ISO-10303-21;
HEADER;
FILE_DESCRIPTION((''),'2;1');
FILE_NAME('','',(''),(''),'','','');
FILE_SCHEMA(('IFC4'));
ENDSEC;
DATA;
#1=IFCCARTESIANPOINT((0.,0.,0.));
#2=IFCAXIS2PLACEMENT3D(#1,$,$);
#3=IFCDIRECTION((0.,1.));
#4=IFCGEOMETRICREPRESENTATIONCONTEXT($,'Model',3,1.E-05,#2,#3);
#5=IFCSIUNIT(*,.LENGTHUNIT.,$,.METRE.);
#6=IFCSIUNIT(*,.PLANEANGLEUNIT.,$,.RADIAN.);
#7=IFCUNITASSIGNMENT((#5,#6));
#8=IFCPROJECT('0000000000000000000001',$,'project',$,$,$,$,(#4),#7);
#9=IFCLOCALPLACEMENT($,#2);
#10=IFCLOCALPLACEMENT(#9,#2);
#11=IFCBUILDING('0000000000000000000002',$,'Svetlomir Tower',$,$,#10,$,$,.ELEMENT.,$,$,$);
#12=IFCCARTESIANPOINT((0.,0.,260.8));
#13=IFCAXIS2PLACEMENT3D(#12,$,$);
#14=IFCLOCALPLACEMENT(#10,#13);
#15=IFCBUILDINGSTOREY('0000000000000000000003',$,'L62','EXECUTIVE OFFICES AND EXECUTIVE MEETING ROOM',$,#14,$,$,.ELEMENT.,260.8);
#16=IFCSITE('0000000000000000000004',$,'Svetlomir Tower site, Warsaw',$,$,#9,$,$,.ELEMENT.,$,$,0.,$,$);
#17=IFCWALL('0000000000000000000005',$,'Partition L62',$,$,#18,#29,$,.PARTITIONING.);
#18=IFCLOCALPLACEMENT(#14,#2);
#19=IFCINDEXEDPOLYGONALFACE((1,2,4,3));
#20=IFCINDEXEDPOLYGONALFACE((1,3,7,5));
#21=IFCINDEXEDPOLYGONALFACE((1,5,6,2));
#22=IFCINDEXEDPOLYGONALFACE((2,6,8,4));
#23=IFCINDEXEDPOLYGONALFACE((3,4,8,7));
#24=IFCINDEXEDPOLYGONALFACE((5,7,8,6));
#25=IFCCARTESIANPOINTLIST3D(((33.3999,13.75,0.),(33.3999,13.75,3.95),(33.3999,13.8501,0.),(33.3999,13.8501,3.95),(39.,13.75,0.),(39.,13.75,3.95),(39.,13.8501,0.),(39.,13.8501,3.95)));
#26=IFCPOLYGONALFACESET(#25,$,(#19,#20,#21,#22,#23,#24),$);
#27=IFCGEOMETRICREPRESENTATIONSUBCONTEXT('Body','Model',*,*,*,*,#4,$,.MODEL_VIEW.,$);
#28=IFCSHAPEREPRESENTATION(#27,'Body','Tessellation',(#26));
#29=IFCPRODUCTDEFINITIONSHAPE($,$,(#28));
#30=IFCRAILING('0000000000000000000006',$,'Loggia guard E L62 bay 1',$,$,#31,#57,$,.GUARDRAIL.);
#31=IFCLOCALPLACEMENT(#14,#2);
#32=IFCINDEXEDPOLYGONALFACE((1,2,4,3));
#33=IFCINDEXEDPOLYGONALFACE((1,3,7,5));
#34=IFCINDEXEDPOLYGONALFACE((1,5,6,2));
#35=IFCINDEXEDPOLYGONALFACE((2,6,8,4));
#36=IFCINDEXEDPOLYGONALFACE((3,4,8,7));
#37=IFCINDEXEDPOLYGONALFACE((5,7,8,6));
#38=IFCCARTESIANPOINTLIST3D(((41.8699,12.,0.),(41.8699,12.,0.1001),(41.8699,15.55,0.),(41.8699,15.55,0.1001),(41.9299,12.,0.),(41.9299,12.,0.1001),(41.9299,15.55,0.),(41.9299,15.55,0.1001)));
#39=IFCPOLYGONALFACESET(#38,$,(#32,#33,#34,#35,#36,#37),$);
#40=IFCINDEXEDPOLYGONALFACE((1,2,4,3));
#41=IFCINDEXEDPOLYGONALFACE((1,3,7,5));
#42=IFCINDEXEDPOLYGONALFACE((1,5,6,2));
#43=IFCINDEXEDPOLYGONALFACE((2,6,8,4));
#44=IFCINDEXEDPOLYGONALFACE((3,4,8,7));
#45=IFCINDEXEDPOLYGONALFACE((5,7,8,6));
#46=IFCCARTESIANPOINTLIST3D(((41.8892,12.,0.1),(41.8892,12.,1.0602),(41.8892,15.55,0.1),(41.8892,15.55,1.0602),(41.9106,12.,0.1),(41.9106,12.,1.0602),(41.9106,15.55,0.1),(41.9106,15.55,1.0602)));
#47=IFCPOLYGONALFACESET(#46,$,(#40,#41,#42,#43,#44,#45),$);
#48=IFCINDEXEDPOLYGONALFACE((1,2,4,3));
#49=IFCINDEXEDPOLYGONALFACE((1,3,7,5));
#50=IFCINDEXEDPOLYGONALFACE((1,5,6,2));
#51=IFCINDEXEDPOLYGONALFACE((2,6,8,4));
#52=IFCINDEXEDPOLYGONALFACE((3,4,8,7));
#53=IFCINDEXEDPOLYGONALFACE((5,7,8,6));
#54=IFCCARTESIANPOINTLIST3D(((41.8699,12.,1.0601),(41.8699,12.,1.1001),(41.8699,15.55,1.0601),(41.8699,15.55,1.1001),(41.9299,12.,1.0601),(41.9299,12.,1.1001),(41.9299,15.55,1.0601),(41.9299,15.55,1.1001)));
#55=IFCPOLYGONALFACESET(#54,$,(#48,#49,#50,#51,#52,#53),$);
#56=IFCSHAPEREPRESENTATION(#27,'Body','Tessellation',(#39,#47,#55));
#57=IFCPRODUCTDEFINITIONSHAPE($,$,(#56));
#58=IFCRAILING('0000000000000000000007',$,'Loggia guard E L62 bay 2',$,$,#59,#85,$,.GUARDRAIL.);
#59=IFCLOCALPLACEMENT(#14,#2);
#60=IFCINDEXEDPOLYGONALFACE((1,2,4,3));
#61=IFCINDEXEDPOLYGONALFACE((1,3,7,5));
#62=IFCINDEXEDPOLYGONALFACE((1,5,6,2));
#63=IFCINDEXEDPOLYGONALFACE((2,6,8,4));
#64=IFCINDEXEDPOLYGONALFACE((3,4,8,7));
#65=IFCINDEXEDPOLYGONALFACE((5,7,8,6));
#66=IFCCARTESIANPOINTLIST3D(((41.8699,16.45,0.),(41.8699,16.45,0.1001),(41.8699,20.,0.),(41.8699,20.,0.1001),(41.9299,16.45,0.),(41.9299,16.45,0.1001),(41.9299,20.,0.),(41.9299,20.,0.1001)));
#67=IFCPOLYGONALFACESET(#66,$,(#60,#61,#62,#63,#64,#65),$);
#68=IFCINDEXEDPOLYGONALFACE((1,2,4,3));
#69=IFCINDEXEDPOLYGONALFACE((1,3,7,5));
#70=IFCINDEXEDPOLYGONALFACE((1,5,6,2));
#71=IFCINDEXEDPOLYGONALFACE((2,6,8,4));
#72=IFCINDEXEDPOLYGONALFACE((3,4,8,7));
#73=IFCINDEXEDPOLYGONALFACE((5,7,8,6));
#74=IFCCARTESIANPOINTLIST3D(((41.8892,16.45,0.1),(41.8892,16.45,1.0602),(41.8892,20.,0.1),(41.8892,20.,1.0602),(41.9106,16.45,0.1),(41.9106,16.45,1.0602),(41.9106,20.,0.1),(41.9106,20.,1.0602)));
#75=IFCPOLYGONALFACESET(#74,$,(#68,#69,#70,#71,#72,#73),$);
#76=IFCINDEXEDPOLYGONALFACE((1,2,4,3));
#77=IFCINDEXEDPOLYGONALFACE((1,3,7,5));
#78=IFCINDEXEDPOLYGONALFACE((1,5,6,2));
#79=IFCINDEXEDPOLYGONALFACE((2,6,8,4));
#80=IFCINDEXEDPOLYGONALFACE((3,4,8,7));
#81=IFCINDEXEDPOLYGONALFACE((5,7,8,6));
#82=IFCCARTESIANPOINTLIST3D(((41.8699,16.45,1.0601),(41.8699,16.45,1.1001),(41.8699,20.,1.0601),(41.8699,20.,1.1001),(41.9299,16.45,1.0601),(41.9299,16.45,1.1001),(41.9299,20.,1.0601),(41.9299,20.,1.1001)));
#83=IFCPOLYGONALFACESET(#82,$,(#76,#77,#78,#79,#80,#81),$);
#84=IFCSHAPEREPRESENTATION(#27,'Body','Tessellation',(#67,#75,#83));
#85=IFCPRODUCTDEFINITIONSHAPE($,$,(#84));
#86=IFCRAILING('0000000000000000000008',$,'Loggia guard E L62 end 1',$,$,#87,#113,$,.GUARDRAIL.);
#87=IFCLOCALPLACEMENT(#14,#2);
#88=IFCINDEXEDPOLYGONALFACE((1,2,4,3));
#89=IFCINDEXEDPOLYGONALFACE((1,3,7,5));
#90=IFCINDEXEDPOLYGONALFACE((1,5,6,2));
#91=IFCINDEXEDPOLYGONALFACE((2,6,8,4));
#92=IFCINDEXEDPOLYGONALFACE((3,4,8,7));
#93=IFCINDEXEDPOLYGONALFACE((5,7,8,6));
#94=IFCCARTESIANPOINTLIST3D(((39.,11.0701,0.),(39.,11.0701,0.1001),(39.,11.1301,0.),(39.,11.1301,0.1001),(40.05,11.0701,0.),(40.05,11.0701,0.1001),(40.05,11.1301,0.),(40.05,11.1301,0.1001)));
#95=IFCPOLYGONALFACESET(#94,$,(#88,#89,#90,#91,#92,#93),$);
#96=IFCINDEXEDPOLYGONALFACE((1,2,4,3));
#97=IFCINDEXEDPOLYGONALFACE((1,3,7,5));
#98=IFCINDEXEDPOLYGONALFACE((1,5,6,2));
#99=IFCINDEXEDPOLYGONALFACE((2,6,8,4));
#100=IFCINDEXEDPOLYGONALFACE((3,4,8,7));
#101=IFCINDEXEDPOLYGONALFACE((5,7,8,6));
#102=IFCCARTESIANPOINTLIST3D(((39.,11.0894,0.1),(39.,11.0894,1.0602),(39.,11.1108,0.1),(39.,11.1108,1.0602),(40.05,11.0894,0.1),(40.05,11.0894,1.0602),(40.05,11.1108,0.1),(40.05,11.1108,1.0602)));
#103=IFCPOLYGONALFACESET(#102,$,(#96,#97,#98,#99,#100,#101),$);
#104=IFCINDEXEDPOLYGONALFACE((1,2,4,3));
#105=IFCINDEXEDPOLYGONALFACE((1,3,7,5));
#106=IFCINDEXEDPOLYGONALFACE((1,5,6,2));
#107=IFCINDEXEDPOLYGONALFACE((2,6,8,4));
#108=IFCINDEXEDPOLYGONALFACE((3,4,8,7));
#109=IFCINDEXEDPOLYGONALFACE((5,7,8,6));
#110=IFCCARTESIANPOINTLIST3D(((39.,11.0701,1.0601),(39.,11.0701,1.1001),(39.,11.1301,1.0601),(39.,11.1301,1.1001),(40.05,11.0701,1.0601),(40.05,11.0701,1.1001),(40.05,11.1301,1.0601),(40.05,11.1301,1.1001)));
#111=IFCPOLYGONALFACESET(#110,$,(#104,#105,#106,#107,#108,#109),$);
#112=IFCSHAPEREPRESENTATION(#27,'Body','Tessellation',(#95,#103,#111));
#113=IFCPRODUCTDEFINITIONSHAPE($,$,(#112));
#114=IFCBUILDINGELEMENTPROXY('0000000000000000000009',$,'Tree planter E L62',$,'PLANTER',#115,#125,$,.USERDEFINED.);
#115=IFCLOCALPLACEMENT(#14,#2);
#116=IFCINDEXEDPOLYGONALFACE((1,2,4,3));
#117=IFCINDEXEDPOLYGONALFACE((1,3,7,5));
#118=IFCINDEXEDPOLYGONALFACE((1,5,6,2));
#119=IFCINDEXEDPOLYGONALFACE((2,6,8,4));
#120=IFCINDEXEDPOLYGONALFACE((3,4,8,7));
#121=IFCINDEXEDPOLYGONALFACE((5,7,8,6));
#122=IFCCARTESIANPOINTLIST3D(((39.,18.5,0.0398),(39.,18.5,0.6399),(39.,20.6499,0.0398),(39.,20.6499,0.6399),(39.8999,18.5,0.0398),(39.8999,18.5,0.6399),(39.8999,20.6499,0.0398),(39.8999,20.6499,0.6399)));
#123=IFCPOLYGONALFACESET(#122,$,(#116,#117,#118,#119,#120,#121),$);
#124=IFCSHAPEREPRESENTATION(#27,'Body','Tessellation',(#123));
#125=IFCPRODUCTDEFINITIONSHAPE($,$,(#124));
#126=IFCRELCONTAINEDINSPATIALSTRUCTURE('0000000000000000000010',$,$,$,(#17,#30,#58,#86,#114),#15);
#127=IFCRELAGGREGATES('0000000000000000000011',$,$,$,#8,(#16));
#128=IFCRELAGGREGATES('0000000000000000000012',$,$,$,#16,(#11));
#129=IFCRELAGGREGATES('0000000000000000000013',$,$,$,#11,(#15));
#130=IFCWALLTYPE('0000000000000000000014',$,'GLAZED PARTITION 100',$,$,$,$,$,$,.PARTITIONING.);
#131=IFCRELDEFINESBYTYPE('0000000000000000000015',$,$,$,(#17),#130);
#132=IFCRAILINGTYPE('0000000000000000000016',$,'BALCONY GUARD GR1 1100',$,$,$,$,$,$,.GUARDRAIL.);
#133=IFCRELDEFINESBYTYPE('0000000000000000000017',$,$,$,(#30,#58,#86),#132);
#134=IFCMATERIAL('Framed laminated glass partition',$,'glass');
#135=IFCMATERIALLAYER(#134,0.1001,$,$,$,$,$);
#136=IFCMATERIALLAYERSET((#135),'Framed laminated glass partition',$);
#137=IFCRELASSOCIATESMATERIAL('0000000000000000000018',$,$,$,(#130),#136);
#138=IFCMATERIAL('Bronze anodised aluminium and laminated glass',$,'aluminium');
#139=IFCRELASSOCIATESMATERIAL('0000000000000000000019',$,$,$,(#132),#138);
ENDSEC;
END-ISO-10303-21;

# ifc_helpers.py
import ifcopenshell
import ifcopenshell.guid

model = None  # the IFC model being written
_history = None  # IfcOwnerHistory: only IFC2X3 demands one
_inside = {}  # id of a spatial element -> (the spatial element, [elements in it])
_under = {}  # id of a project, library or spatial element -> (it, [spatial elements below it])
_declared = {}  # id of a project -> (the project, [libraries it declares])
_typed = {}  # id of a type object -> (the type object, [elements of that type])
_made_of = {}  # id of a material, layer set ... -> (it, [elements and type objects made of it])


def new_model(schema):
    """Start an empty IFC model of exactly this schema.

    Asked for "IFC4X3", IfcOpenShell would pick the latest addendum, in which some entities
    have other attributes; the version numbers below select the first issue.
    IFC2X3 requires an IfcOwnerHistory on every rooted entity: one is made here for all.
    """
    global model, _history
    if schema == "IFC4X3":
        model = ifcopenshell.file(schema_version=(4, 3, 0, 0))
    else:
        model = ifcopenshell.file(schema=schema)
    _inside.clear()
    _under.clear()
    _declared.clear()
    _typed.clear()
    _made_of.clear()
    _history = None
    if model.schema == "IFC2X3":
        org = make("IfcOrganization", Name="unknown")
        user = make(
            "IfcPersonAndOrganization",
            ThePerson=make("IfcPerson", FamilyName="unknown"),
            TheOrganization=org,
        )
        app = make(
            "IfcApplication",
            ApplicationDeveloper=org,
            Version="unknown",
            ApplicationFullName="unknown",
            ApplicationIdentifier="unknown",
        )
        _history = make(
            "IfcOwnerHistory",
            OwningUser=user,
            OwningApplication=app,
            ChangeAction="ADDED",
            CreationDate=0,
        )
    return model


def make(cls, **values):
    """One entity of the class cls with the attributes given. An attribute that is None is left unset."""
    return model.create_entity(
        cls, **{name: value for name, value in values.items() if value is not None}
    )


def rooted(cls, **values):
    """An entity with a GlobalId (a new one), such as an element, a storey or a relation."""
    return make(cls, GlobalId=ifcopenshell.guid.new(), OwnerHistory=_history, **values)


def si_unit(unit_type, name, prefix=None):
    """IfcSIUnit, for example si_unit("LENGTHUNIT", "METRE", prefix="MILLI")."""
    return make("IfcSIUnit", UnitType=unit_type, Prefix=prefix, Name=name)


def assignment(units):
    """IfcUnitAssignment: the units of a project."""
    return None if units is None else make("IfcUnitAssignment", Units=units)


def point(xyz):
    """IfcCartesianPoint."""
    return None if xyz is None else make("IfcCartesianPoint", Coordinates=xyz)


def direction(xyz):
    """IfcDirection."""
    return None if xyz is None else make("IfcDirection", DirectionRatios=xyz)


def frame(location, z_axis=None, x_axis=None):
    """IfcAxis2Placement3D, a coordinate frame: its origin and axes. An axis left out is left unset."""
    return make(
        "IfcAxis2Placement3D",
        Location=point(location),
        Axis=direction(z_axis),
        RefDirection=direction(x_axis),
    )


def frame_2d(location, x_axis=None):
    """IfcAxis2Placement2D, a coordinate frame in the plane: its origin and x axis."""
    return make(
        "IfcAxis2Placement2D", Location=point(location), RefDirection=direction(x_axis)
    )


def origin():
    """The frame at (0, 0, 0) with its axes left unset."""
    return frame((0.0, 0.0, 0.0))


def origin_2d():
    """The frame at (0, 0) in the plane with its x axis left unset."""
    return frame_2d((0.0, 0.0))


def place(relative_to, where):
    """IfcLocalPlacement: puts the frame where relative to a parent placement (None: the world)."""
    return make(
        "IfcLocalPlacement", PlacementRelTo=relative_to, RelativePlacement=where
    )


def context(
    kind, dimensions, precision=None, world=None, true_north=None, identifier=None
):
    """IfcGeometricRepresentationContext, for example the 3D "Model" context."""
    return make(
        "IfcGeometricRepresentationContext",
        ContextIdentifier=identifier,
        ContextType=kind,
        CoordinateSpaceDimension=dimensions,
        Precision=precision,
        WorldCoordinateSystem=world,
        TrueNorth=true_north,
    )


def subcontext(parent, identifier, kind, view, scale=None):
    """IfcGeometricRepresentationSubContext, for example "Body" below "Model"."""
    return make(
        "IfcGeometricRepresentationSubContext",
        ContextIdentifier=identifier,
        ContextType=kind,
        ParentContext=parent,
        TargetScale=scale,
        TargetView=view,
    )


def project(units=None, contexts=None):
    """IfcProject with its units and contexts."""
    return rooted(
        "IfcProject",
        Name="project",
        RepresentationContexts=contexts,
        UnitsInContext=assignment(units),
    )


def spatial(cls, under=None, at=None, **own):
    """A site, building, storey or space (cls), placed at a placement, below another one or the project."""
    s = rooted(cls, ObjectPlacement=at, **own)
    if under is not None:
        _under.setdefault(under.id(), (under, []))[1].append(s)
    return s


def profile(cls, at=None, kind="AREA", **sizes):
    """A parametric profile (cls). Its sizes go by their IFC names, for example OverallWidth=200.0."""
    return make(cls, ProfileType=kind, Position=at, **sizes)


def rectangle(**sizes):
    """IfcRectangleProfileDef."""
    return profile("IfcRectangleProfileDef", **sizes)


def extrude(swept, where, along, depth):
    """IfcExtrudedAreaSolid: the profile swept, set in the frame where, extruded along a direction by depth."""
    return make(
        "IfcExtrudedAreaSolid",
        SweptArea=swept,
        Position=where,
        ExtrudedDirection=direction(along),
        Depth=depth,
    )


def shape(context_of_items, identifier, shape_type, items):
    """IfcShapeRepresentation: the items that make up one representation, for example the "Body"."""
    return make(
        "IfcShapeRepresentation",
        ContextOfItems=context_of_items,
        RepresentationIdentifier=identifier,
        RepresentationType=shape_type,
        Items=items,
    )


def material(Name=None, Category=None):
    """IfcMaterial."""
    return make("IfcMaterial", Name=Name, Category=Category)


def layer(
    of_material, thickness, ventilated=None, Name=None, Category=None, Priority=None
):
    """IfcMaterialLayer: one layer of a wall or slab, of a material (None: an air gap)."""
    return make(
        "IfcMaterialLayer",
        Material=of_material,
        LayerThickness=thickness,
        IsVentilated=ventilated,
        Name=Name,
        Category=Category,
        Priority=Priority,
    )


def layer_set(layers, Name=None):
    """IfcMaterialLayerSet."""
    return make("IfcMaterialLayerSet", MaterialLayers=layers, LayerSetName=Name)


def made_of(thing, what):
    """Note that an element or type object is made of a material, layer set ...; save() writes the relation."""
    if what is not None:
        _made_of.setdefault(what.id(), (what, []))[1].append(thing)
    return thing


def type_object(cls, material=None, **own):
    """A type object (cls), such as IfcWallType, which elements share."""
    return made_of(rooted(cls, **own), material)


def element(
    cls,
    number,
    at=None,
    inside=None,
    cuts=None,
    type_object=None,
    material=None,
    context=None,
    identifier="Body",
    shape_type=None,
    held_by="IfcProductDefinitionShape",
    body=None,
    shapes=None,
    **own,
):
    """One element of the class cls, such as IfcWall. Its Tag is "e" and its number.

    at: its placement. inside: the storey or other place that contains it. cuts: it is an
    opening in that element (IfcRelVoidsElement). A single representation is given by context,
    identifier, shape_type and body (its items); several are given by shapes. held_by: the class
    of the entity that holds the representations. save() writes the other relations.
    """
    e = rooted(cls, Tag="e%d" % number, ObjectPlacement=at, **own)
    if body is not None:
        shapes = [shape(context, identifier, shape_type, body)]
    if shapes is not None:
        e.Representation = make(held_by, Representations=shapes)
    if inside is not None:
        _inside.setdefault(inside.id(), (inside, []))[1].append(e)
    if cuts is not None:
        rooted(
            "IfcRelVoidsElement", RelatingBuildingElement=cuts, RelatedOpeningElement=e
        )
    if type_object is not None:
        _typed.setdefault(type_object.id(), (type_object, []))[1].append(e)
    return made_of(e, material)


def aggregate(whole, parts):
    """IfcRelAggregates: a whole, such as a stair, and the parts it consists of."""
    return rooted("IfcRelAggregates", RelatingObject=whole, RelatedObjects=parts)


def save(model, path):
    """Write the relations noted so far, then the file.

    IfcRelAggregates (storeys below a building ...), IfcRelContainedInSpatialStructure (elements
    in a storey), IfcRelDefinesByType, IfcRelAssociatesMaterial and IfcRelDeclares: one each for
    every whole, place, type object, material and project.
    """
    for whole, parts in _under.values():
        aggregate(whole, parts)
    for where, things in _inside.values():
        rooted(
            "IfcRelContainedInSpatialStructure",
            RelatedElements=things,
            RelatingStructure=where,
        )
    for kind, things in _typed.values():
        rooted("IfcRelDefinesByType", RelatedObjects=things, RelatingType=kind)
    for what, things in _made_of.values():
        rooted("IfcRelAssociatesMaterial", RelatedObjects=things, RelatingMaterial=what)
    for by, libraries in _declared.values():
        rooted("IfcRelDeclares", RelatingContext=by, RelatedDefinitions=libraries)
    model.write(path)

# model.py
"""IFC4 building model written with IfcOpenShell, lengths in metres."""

from ifc_helpers import new_model, si_unit, direction, frame, frame_2d, origin, origin_2d, place, context, subcontext, project, spatial, rectangle, extrude, material, layer, layer_set, type_object, element, save


model = new_model("IFC4")

# Units and contexts
model_context = context("Model", 3, precision=1e-05, world=origin(), true_north=direction((0.0, 1.0)))
body_context = subcontext(model_context, "Body", "Model", "MODEL_VIEW")
ifc_project = project(units=[si_unit("LENGTHUNIT", "METRE"), si_unit("PLANEANGLEUNIT", "RADIAN")], contexts=[model_context])

# Site, building, storey
site_placement = place(None, origin())
site = spatial("IfcSite", under=ifc_project, at=site_placement, Name="Svetlomir Tower site, Warsaw", CompositionType="ELEMENT", RefElevation=0.0)
building_placement = place(site_placement, origin())
building = spatial("IfcBuilding", under=site, at=building_placement, Name="Svetlomir Tower", CompositionType="ELEMENT")
storey_placement = place(building_placement, frame((0.0, 0.0, 260.8)))
storey = spatial("IfcBuildingStorey", under=building, at=storey_placement, Name="L62", Description="EXECUTIVE OFFICES AND EXECUTIVE MEETING ROOM", CompositionType="ELEMENT", Elevation=260.8)

# Shared definitions
ifc_material_1 = material(Name="Framed laminated glass partition", Category="glass")
ifc_layer_1 = layer(ifc_material_1, 0.1001)
ifc_layer_set_1 = layer_set([ifc_layer_1], Name="Framed laminated glass partition")
wall_type_1 = type_object("IfcWallType", Name="GLAZED PARTITION 100", PredefinedType="PARTITIONING", material=ifc_layer_set_1)

# Wall
wall_1_placement = place(storey_placement, frame((33.3999, 13.8, 0.0), z_axis=(0.0, 0.0, 1.0), x_axis=(1.0, 0.0, 0.0)))
element("IfcWall", 1, at=wall_1_placement, inside=storey, type_object=wall_type_1, Name="Partition L62", PredefinedType="PARTITIONING", context=body_context, shape_type="SweptSolid", body=[
    extrude(rectangle(XDim=5.6001, YDim=0.1001, at=frame_2d((2.8, 0.0))), origin(), (0.0, 0.0, 1.0), 3.95),
])

# Railings
ifc_material_2 = material(Name="Bronze anodised aluminium and laminated glass", Category="aluminium")
railing_type = type_object("IfcRailingType", Name="BALCONY GUARD GR1 1100", PredefinedType="GUARDRAIL", material=ifc_material_2)
for number, where, name in (
    (2, (41.8999, 12.0, 0.0), "Loggia guard E L62 bay 1"),
    (3, (41.8999, 16.45, 0.0), "Loggia guard E L62 bay 2"),
):
    element("IfcRailing", number, at=place(storey_placement, frame(where)), inside=storey, type_object=railing_type, Name=name, PredefinedType="GUARDRAIL", context=body_context, shape_type="SweptSolid", body=[
        extrude(rectangle(XDim=0.0601, YDim=0.1001, at=origin_2d()), frame((0.0, 0.0, 0.05), z_axis=(0.0, 1.0, 0.0), x_axis=(-1.0, 0.0, 0.0)), (0.0, 0.0, 1.0), 3.55),
        extrude(rectangle(XDim=0.0215, YDim=0.9602, at=origin_2d()), frame((0.0, 0.0, 0.5801), z_axis=(0.0, 1.0, 0.0), x_axis=(-1.0, 0.0, 0.0)), (0.0, 0.0, 1.0), 3.55),
        extrude(rectangle(XDim=0.0601, YDim=0.04, at=origin_2d()), frame((0.0, 0.0, 1.0801), z_axis=(0.0, 1.0, 0.0), x_axis=(-1.0, 0.0, 0.0)), (0.0, 0.0, 1.0), 3.55),
    ])
railing_placement = place(storey_placement, frame((40.05, 11.1001, 0.0)))
element("IfcRailing", 4, at=railing_placement, inside=storey, type_object=railing_type, Name="Loggia guard E L62 end 1", PredefinedType="GUARDRAIL", context=body_context, shape_type="SweptSolid", body=[
    extrude(rectangle(XDim=0.0601, YDim=0.1001, at=origin_2d()), frame((0.0, 0.0, 0.05), z_axis=(-1.0, 0.0, 0.0), x_axis=(0.0, -1.0, 0.0)), (0.0, 0.0, 1.0), 1.05),
    extrude(rectangle(XDim=0.0215, YDim=0.9602, at=origin_2d()), frame((0.0, 0.0, 0.5801), z_axis=(-1.0, 0.0, 0.0), x_axis=(0.0, -1.0, 0.0)), (0.0, 0.0, 1.0), 1.05),
    extrude(rectangle(XDim=0.0601, YDim=0.04, at=origin_2d()), frame((0.0, 0.0, 1.0801), z_axis=(-1.0, 0.0, 0.0), x_axis=(0.0, -1.0, 0.0)), (0.0, 0.0, 1.0), 1.05),
])

# Building element proxy
proxy_placement = place(storey_placement, frame((39.45, 19.575, 0.0398), z_axis=(0.0, 0.0, 1.0), x_axis=(1.0, 0.0, 0.0)))
element("IfcBuildingElementProxy", 5, at=proxy_placement, inside=storey, Name="Tree planter E L62", ObjectType="PLANTER", PredefinedType="USERDEFINED", context=body_context, shape_type="SweptSolid", body=[
    extrude(rectangle(XDim=0.8999, YDim=2.1499, at=origin_2d()), origin(), (0.0, 0.0, 1.0), 0.6001),
])

save(model, "model.ifc")
